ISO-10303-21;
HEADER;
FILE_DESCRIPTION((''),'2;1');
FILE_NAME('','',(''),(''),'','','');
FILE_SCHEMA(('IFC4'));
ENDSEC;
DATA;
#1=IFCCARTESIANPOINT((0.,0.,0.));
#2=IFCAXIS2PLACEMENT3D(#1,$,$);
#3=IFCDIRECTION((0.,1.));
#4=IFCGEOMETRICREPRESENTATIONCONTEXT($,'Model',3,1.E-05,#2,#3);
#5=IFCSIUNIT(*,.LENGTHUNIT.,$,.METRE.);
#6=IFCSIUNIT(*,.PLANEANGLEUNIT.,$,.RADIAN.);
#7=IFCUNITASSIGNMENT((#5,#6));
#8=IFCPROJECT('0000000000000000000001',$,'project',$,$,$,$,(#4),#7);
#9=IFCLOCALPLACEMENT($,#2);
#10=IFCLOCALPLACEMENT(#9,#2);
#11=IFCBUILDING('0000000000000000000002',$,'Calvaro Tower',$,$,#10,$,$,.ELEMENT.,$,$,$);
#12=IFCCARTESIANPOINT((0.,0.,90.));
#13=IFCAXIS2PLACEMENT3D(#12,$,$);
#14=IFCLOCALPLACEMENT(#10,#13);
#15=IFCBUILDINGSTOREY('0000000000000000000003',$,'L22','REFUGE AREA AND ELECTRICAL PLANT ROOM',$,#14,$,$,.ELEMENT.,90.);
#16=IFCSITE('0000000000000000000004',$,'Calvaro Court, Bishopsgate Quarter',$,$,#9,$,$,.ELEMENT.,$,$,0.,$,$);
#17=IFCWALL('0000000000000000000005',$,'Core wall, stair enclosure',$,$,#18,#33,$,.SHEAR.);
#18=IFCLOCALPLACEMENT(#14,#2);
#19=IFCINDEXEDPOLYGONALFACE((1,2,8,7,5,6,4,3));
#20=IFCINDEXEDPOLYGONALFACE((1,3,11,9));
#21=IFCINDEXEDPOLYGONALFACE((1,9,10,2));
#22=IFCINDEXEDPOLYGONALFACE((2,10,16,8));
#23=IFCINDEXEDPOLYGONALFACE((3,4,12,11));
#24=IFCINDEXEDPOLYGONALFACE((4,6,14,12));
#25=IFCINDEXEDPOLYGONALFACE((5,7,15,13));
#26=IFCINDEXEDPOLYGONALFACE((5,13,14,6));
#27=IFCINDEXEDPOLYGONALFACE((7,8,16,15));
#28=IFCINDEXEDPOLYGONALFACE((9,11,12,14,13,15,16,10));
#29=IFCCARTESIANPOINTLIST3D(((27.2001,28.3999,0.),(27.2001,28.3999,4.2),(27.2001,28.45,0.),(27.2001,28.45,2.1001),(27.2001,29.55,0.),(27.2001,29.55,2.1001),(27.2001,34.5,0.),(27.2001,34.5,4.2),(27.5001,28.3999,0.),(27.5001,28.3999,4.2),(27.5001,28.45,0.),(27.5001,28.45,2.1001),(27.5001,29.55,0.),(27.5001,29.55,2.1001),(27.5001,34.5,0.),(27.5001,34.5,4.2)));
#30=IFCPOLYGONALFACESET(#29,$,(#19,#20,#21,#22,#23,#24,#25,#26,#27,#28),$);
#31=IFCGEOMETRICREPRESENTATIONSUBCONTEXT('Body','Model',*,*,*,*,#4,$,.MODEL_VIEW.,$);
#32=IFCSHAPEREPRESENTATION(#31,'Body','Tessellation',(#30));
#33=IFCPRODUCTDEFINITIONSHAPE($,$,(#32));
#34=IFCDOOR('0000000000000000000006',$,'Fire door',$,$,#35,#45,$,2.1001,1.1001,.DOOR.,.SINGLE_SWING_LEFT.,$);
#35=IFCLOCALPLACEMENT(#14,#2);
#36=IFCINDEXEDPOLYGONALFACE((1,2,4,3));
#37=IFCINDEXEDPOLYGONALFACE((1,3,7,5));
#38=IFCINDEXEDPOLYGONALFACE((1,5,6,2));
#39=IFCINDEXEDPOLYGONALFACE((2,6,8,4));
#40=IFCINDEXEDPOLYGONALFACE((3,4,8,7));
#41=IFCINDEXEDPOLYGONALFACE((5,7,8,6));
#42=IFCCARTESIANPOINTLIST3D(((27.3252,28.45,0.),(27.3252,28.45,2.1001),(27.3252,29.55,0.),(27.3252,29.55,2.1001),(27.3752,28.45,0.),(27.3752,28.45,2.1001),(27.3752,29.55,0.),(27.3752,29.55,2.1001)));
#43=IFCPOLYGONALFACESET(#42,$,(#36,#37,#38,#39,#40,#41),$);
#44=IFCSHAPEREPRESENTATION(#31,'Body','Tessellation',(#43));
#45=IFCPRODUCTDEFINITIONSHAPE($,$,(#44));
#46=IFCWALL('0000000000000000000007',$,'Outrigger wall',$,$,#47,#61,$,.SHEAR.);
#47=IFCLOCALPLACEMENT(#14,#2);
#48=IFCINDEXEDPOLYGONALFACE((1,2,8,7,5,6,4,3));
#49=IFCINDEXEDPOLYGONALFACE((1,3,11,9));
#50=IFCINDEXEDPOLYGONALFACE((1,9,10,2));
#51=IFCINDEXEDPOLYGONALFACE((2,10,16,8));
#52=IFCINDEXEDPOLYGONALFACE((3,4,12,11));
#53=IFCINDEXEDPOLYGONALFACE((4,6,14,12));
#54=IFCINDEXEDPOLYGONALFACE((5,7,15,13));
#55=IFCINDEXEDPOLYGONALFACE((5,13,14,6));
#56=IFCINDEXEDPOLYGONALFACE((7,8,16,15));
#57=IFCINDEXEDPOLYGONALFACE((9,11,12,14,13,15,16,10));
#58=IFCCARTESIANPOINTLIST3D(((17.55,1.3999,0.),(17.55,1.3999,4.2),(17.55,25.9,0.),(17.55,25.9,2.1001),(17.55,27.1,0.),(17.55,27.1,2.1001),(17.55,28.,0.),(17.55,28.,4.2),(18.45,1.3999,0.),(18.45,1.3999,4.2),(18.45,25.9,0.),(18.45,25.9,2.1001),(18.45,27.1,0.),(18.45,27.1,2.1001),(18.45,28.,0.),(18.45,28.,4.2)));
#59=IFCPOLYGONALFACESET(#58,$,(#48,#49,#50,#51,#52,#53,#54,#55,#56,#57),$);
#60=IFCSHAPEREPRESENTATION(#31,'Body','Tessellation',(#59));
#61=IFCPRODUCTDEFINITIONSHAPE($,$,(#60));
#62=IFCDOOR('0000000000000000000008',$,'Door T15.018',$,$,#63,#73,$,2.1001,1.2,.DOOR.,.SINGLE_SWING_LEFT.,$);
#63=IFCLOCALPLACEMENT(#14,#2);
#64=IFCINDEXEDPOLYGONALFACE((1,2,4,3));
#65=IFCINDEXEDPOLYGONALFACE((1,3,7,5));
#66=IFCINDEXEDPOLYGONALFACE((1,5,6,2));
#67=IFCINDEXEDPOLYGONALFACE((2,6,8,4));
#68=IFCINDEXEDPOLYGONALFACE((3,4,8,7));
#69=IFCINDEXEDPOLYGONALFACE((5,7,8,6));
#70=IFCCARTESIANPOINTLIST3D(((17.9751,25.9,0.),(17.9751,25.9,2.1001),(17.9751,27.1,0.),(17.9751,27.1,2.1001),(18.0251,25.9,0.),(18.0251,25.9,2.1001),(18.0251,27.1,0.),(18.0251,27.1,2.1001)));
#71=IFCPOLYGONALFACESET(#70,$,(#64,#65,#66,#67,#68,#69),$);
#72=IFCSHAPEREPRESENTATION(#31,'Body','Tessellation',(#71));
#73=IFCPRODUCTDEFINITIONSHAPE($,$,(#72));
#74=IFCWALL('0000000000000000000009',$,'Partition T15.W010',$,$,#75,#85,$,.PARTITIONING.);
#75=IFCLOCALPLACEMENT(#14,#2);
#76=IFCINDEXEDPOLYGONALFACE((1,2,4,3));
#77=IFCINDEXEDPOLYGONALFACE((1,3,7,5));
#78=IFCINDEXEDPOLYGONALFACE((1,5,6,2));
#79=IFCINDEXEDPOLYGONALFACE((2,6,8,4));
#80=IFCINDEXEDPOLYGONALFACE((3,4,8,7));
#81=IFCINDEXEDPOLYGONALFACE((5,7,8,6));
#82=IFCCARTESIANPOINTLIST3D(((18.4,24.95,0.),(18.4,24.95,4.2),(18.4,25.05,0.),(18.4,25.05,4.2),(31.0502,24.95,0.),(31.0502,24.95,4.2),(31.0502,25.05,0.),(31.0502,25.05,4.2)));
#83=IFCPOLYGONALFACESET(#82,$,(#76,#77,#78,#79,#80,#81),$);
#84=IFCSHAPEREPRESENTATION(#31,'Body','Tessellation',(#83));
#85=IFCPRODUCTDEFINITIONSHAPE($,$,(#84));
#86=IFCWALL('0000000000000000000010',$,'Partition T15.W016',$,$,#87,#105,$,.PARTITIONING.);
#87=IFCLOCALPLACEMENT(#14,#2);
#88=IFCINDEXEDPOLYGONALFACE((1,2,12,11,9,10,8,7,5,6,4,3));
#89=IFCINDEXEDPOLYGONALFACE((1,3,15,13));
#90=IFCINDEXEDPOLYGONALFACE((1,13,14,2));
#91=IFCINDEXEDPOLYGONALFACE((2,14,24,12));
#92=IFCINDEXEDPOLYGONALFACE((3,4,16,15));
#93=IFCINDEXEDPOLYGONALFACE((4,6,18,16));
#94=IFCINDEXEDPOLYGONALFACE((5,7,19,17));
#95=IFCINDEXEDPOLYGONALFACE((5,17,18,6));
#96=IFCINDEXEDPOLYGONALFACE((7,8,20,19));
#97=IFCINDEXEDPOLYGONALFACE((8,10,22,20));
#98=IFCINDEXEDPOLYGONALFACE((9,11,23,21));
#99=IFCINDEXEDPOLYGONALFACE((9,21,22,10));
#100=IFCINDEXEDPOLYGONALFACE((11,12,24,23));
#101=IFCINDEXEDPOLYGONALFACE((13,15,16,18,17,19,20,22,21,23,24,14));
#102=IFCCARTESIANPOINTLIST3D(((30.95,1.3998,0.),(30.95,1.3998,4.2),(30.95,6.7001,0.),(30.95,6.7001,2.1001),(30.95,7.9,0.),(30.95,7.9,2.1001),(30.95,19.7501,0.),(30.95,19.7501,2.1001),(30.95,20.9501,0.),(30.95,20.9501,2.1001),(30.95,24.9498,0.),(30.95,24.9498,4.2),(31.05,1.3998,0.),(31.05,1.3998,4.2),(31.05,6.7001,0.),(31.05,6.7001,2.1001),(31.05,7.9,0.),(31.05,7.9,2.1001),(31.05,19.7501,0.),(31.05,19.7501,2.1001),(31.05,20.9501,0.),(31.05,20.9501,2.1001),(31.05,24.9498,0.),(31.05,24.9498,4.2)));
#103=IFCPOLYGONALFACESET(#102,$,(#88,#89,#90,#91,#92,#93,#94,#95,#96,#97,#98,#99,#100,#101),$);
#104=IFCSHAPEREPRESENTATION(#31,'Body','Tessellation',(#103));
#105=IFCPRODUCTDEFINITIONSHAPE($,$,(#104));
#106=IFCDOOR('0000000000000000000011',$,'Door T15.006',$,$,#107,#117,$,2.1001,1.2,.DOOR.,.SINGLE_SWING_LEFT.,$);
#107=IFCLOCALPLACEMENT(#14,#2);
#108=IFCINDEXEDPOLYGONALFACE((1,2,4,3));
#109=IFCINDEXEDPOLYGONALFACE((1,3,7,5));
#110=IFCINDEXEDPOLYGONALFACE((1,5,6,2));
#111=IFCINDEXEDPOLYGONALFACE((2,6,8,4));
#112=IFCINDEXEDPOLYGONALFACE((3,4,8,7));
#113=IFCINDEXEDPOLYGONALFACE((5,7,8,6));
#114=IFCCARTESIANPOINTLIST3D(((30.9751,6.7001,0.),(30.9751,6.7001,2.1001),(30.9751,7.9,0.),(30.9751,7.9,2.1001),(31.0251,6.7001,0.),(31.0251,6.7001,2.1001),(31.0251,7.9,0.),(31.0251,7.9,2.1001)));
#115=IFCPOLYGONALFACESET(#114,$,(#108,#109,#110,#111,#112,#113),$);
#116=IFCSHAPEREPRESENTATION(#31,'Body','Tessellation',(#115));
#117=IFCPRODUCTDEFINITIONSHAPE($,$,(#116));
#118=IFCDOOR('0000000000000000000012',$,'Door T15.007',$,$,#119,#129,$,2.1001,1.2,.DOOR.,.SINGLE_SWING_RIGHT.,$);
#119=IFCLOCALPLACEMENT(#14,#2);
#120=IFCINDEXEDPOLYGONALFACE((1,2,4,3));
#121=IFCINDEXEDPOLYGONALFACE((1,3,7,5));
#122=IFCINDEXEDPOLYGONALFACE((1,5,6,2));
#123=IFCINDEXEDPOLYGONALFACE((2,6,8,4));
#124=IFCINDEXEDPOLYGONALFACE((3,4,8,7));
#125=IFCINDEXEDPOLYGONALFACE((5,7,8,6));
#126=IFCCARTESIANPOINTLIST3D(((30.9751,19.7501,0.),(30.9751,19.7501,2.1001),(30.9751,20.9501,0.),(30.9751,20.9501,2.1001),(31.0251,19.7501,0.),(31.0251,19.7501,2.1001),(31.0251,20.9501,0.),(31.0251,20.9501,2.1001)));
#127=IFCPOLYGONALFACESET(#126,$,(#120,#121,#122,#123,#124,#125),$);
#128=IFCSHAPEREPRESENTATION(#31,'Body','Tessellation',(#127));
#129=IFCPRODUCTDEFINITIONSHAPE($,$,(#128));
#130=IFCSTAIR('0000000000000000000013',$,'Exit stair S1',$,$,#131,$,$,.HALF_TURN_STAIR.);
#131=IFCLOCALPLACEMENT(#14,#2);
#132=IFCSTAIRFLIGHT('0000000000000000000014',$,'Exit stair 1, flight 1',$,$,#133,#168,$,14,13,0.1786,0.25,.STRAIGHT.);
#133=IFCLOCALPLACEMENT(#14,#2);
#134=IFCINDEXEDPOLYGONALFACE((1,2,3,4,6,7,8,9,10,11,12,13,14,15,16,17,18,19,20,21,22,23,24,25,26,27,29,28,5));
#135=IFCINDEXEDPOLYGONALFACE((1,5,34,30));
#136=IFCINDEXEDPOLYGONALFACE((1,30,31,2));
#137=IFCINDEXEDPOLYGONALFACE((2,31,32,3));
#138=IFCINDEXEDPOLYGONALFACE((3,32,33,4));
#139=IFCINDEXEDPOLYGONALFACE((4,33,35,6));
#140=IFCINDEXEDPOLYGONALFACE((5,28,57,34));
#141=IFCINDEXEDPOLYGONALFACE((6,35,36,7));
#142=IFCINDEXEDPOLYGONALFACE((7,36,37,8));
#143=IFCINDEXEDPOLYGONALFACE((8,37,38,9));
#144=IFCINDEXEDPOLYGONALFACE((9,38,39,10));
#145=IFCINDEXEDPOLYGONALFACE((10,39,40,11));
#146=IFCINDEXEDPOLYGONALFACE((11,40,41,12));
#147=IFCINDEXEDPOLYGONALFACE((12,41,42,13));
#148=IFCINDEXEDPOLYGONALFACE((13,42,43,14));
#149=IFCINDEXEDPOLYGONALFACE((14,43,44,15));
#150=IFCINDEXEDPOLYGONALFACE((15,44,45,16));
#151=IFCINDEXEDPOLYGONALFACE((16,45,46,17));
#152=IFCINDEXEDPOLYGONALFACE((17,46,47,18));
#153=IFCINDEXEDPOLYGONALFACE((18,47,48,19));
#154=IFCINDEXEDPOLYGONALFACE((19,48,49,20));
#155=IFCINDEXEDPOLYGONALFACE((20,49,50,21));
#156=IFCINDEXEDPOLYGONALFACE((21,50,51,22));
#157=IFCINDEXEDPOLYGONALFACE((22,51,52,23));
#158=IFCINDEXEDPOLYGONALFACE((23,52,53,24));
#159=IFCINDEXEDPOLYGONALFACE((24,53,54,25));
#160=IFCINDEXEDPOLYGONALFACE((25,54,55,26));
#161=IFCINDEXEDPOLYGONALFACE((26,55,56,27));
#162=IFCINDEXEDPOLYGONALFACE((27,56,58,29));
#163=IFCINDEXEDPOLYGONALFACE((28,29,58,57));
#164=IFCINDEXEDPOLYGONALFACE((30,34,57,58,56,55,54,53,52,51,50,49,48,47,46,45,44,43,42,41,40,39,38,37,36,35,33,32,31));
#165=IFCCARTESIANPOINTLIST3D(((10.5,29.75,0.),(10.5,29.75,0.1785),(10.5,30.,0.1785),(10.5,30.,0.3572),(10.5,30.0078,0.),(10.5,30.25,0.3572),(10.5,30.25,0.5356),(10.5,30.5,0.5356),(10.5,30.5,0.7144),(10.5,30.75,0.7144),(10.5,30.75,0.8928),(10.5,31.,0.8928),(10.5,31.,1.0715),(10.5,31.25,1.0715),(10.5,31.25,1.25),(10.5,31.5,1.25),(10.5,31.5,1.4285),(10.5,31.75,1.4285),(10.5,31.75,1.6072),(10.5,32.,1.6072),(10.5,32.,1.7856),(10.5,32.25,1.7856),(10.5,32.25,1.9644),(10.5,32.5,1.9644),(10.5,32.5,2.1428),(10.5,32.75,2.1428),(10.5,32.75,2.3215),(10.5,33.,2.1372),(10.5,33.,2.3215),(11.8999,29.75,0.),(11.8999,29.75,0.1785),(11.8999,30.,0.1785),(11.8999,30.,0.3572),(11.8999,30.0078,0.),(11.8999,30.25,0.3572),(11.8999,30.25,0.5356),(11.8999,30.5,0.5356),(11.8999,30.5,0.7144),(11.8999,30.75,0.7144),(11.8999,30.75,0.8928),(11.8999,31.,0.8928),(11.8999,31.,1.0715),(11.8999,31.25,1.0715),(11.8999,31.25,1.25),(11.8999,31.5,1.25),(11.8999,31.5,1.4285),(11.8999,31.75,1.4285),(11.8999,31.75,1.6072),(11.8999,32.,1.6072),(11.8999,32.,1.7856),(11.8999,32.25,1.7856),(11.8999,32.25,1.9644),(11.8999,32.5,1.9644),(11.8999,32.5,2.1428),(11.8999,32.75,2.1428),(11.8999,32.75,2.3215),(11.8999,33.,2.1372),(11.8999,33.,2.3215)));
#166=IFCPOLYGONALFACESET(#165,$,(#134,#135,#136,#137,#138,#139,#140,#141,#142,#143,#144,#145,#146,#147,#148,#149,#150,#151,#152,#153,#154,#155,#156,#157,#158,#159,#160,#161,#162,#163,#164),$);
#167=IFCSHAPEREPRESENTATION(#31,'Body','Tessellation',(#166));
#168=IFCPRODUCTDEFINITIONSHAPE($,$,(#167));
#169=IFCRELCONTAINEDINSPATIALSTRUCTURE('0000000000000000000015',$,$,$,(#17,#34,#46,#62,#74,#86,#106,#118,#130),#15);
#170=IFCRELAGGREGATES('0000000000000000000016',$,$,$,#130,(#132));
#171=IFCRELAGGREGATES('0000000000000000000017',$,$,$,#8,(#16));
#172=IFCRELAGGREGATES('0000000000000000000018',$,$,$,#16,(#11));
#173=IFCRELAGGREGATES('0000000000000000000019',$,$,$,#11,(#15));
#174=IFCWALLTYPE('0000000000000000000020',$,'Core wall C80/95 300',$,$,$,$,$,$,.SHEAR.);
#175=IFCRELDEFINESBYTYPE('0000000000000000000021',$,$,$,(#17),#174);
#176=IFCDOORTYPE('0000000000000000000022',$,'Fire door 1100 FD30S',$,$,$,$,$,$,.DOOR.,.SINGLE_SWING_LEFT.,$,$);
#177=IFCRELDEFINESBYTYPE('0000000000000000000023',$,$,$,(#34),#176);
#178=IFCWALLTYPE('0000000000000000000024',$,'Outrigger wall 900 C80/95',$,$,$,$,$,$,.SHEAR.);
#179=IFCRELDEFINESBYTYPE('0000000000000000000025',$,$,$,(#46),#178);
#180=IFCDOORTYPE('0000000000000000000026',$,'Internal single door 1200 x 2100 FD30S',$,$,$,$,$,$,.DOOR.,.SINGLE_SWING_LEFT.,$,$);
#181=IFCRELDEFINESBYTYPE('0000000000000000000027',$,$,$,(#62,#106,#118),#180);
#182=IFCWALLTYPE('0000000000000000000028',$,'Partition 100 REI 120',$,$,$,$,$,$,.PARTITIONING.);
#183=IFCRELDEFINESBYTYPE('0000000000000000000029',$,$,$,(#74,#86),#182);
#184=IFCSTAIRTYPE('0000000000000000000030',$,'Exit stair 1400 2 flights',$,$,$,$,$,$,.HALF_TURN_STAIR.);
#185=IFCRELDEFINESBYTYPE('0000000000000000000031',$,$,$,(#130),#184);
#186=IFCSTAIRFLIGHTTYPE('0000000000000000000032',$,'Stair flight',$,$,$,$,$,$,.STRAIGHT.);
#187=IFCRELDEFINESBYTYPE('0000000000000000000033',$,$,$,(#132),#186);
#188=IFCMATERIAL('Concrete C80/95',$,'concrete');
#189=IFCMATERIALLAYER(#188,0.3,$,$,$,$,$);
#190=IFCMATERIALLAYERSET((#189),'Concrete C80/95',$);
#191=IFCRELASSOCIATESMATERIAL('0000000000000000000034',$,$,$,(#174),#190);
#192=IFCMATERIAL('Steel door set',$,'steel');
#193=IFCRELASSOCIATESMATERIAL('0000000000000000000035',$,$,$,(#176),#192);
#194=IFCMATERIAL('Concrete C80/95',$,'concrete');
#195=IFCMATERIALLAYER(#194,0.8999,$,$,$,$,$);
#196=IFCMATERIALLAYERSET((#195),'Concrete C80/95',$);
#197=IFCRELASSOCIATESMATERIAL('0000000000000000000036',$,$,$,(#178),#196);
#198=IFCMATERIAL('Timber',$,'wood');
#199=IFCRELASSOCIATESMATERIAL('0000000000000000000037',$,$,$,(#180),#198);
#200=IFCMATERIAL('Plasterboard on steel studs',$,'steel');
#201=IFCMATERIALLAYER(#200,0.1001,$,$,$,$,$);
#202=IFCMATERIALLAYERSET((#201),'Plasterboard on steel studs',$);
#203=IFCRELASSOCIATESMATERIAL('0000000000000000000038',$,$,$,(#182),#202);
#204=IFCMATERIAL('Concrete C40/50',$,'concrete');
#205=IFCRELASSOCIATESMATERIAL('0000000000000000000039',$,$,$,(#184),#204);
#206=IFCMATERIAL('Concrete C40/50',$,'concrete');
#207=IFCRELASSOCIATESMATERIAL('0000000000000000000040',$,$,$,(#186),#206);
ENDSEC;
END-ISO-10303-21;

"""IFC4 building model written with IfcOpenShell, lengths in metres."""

from ifc_helpers import new_model, si_unit, direction, frame, frame_2d, origin, place, context, subcontext, project, spatial, polyline, rectangle, outline, extrude, material, layer, layer_set, type_object, element, fill, aggregate, save


model = new_model("IFC4")

# Units and contexts
model_context = context("Model", 3, precision=1e-05, world=origin(), true_north=direction((0.0, 1.0)))
body_context = subcontext(model_context, "Body", "Model", "MODEL_VIEW")
ifc_project = project(units=[si_unit("LENGTHUNIT", "METRE"), si_unit("PLANEANGLEUNIT", "RADIAN")], contexts=[model_context])

# Site, building, storey
site_placement = place(None, origin())
site = spatial("IfcSite", under=ifc_project, at=site_placement, Name="Calvaro Court, Bishopsgate Quarter", CompositionType="ELEMENT", RefElevation=0.0)
building_placement = place(site_placement, origin())
building = spatial("IfcBuilding", under=site, at=building_placement, Name="Calvaro Tower", CompositionType="ELEMENT")
storey_placement = place(building_placement, frame((0.0, 0.0, 90.0)))
storey = spatial("IfcBuildingStorey", under=building, at=storey_placement, Name="L22", Description="REFUGE AREA AND ELECTRICAL PLANT ROOM", CompositionType="ELEMENT", Elevation=90.0)

# Shared definitions
ifc_material_1 = material(Name="Concrete C80/95", Category="concrete")
ifc_layer_1 = layer(ifc_material_1, 0.3)
ifc_layer_set_1 = layer_set([ifc_layer_1], Name="Concrete C80/95")
wall_type_1 = type_object("IfcWallType", Name="Core wall C80/95 300", PredefinedType="SHEAR", material=ifc_layer_set_1)

# Walls, openings, doors
wall_1_placement = place(storey_placement, frame((27.3501, 28.3999, 0.0), z_axis=(0.0, 0.0, 1.0), x_axis=(0.0, 1.0, 0.0)))
wall_1 = element("IfcWall", 1, at=wall_1_placement, inside=storey, type_object=wall_type_1, Name="Core wall, stair enclosure", PredefinedType="SHEAR", context=body_context, shape_type="SweptSolid", body=[
    extrude(rectangle(XDim=6.1001, YDim=0.3, at=frame_2d((3.05, 0.0))), origin(), (0.0, 0.0, 1.0), 4.2),
])
opening_1_placement = place(wall_1_placement, frame((0.05, 0.0, 0.0)))
opening_1 = element("IfcOpeningElement", 2, at=opening_1_placement, cuts=wall_1, PredefinedType="OPENING", context=body_context, shape_type="SweptSolid", body=[
    extrude(rectangle(XDim=1.1001, YDim=2.1001, at=frame_2d((0.55, 1.05))), frame((0.0, 0.1599, 0.0), z_axis=(0.0, -1.0, 0.0), x_axis=(1.0, 0.0, 0.0)), (0.0, 0.0, 1.0), 0.3201),
])
ifc_material_2 = material(Name="Steel door set", Category="steel")
door_type_1 = type_object("IfcDoorType", Name="Fire door 1100 FD30S", OperationType="SINGLE_SWING_LEFT", PredefinedType="DOOR", material=ifc_material_2)
door_1_placement = place(opening_1_placement, origin())
door_1 = element("IfcDoor", 3, at=door_1_placement, inside=storey, type_object=door_type_1, Name="Fire door", OperationType="SINGLE_SWING_LEFT", OverallHeight=2.1001, OverallWidth=1.1001, PredefinedType="DOOR", context=body_context, shape_type="SweptSolid", body=[
    extrude(rectangle(XDim=1.1001, YDim=2.1001, at=frame_2d((0.55, 1.05))), frame((0.0, 0.0249, 0.0), z_axis=(0.0, -1.0, 0.0), x_axis=(1.0, 0.0, 0.0)), (0.0, 0.0, 1.0), 0.05),
])
fill(opening_1, door_1)
ifc_material_3 = material(Name="Concrete C80/95", Category="concrete")
ifc_layer_2 = layer(ifc_material_3, 0.8999)
ifc_layer_set_2 = layer_set([ifc_layer_2], Name="Concrete C80/95")
wall_type_2 = type_object("IfcWallType", Name="Outrigger wall 900 C80/95", PredefinedType="SHEAR", material=ifc_layer_set_2)
wall_2_placement = place(storey_placement, frame((18.0, 1.3999, 0.0), z_axis=(0.0, 0.0, 1.0), x_axis=(0.0, 1.0, 0.0)))
wall_2 = element("IfcWall", 4, at=wall_2_placement, inside=storey, type_object=wall_type_2, Name="Outrigger wall", PredefinedType="SHEAR", context=body_context, shape_type="SweptSolid", body=[
    extrude(rectangle(XDim=26.6001, YDim=0.8999, at=frame_2d((13.3, 0.0))), origin(), (0.0, 0.0, 1.0), 4.2),
])
opening_2_placement = place(wall_2_placement, frame((24.5, 0.0, 0.0)))
opening_2 = element("IfcOpeningElement", 5, at=opening_2_placement, cuts=wall_2, PredefinedType="OPENING", context=body_context, shape_type="SweptSolid", body=[
    extrude(rectangle(XDim=1.2, YDim=2.1001, at=frame_2d((0.6001, 1.05))), frame((0.0, 0.46, 0.0), z_axis=(0.0, -1.0, 0.0), x_axis=(1.0, 0.0, 0.0)), (0.0, 0.0, 1.0), 0.9199),
])
ifc_material_4 = material(Name="Timber", Category="wood")
door_type_2 = type_object("IfcDoorType", Name="Internal single door 1200 x 2100 FD30S", OperationType="SINGLE_SWING_LEFT", PredefinedType="DOOR", material=ifc_material_4)
door_2_placement = place(opening_2_placement, origin())
door_2 = element("IfcDoor", 6, at=door_2_placement, inside=storey, type_object=door_type_2, Name="Door T15.018", OperationType="SINGLE_SWING_LEFT", OverallHeight=2.1001, OverallWidth=1.2, PredefinedType="DOOR", context=body_context, shape_type="SweptSolid", body=[
    extrude(rectangle(XDim=1.2, YDim=2.1001, at=frame_2d((0.6001, 1.05))), frame((0.0, 0.0249, 0.0), z_axis=(0.0, -1.0, 0.0), x_axis=(1.0, 0.0, 0.0)), (0.0, 0.0, 1.0), 0.05),
])
fill(opening_2, door_2)

# Wall
ifc_material_5 = material(Name="Plasterboard on steel studs", Category="steel")
ifc_layer_3 = layer(ifc_material_5, 0.1001)
ifc_layer_set_3 = layer_set([ifc_layer_3], Name="Plasterboard on steel studs")
wall_type_3 = type_object("IfcWallType", Name="Partition 100 REI 120", PredefinedType="PARTITIONING", material=ifc_layer_set_3)
wall_3_placement = place(storey_placement, frame((18.3999, 25.0, 0.0), z_axis=(0.0, 0.0, 1.0), x_axis=(1.0, 0.0, 0.0)))
element("IfcWall", 7, at=wall_3_placement, inside=storey, type_object=wall_type_3, Name="Partition T15.W010", PredefinedType="PARTITIONING", context=body_context, shape_type="SweptSolid", body=[
    extrude(rectangle(XDim=12.6501, YDim=0.1001, at=frame_2d((6.3252, 0.0))), origin(), (0.0, 0.0, 1.0), 4.2),
])

# Wall, openings, doors
wall_4_placement = place(storey_placement, frame((31.0, 1.3999, 0.0), z_axis=(0.0, 0.0, 1.0), x_axis=(0.0, 1.0, 0.0)))
wall_4 = element("IfcWall", 8, at=wall_4_placement, inside=storey, type_object=wall_type_3, Name="Partition T15.W016", PredefinedType="PARTITIONING", context=body_context, shape_type="SweptSolid", body=[
    extrude(rectangle(XDim=23.55, YDim=0.1001, at=frame_2d((11.7749, 0.0))), origin(), (0.0, 0.0, 1.0), 4.2),
])
opening_3_placement = place(wall_4_placement, frame((5.3, 0.0, 0.0)))
opening_3 = element("IfcOpeningElement", 9, at=opening_3_placement, cuts=wall_4, PredefinedType="OPENING", context=body_context, shape_type="SweptSolid", body=[
    extrude(rectangle(XDim=1.2, YDim=2.1001, at=frame_2d((0.6001, 1.05))), frame((0.0, 0.0601, 0.0), z_axis=(0.0, -1.0, 0.0), x_axis=(1.0, 0.0, 0.0)), (0.0, 0.0, 1.0), 0.1201),
])
opening_4_placement = place(wall_4_placement, frame((18.3501, 0.0, 0.0)))
opening_4 = element("IfcOpeningElement", 10, at=opening_4_placement, cuts=wall_4, PredefinedType="OPENING", context=body_context, shape_type="SweptSolid", body=[
    extrude(rectangle(XDim=1.2, YDim=2.1001, at=frame_2d((0.6001, 1.05))), frame((0.0, 0.0601, 0.0), z_axis=(0.0, -1.0, 0.0), x_axis=(1.0, 0.0, 0.0)), (0.0, 0.0, 1.0), 0.1201),
])
door_3_placement = place(opening_3_placement, origin())
door_3 = element("IfcDoor", 11, at=door_3_placement, inside=storey, type_object=door_type_2, Name="Door T15.006", OperationType="SINGLE_SWING_LEFT", OverallHeight=2.1001, OverallWidth=1.2, PredefinedType="DOOR", context=body_context, shape_type="SweptSolid", body=[
    extrude(rectangle(XDim=1.2, YDim=2.1001, at=frame_2d((0.6001, 1.05))), frame((0.0, 0.0249, 0.0), z_axis=(0.0, -1.0, 0.0), x_axis=(1.0, 0.0, 0.0)), (0.0, 0.0, 1.0), 0.05),
])
fill(opening_3, door_3)
door_4_placement = place(opening_4_placement, origin())
door_4 = element("IfcDoor", 12, at=door_4_placement, inside=storey, type_object=door_type_2, Name="Door T15.007", OperationType="SINGLE_SWING_RIGHT", OverallHeight=2.1001, OverallWidth=1.2, PredefinedType="DOOR", context=body_context, shape_type="SweptSolid", body=[
    extrude(rectangle(XDim=1.2, YDim=2.1001, at=frame_2d((0.6001, 1.05))), frame((0.0, 0.0249, 0.0), z_axis=(0.0, -1.0, 0.0), x_axis=(1.0, 0.0, 0.0)), (0.0, 0.0, 1.0), 0.05),
])
fill(opening_4, door_4)

# Stair, stair flight
ifc_material_6 = material(Name="Concrete C40/50", Category="concrete")
stair_type = type_object("IfcStairType", Name="Exit stair 1400 2 flights", PredefinedType="HALF_TURN_STAIR", material=ifc_material_6)
stair_1_placement = place(storey_placement, origin())
stair_1 = element("IfcStair", 13, at=stair_1_placement, inside=storey, type_object=stair_type, Name="Exit stair S1", PredefinedType="HALF_TURN_STAIR")
ifc_material_7 = material(Name="Concrete C40/50", Category="concrete")
stair_flight_type = type_object("IfcStairFlightType", Name="Stair flight", PredefinedType="STRAIGHT", material=ifc_material_7)
stair_flight_1_placement = place(storey_placement, frame((11.2, 29.75, 0.0), z_axis=(0.0, 0.0, 1.0), x_axis=(0.0, 1.0, 0.0)))
stair_flight_1 = element("IfcStairFlight", 14, at=stair_flight_1_placement, type_object=stair_flight_type, Name="Exit stair 1, flight 1", NumberOfRisers=14, NumberOfTreads=13, PredefinedType="STRAIGHT", RiserHeight=0.1786, TreadLength=0.25, context=body_context, shape_type="SweptSolid", body=[
    extrude(outline(polyline([(0.0, 0.0), (0.0, 0.1785), (0.25, 0.1785), (0.25, 0.3572), (0.5, 0.3572), (0.5, 0.5356), (0.75, 0.5356), (0.75, 0.7144), (1.0, 0.7144), (1.0, 0.8928), (1.25, 0.8928), (1.25, 1.0715), (1.5, 1.0715), (1.5, 1.25), (1.75, 1.25), (1.75, 1.4285), (2.0, 1.4285), (2.0, 1.6072), (2.25, 1.6072), (2.25, 1.7856), (2.5, 1.7856), (2.5, 1.9644), (2.75, 1.9644), (2.75, 2.1428), (3.0, 2.1428), (3.0, 2.3215), (3.25, 2.3215), (3.25, 2.5), (3.25, 2.1372), (0.2578, 0.0), (0.0, 0.0)])), frame((0.0, 0.7, 0.0), z_axis=(0.0, -1.0, 0.0), x_axis=(1.0, 0.0, 0.0)), (0.0, 0.0, 1.0), 1.3999),
])

aggregate(stair_1, [stair_flight_1])

save(model, "model.ifc")
